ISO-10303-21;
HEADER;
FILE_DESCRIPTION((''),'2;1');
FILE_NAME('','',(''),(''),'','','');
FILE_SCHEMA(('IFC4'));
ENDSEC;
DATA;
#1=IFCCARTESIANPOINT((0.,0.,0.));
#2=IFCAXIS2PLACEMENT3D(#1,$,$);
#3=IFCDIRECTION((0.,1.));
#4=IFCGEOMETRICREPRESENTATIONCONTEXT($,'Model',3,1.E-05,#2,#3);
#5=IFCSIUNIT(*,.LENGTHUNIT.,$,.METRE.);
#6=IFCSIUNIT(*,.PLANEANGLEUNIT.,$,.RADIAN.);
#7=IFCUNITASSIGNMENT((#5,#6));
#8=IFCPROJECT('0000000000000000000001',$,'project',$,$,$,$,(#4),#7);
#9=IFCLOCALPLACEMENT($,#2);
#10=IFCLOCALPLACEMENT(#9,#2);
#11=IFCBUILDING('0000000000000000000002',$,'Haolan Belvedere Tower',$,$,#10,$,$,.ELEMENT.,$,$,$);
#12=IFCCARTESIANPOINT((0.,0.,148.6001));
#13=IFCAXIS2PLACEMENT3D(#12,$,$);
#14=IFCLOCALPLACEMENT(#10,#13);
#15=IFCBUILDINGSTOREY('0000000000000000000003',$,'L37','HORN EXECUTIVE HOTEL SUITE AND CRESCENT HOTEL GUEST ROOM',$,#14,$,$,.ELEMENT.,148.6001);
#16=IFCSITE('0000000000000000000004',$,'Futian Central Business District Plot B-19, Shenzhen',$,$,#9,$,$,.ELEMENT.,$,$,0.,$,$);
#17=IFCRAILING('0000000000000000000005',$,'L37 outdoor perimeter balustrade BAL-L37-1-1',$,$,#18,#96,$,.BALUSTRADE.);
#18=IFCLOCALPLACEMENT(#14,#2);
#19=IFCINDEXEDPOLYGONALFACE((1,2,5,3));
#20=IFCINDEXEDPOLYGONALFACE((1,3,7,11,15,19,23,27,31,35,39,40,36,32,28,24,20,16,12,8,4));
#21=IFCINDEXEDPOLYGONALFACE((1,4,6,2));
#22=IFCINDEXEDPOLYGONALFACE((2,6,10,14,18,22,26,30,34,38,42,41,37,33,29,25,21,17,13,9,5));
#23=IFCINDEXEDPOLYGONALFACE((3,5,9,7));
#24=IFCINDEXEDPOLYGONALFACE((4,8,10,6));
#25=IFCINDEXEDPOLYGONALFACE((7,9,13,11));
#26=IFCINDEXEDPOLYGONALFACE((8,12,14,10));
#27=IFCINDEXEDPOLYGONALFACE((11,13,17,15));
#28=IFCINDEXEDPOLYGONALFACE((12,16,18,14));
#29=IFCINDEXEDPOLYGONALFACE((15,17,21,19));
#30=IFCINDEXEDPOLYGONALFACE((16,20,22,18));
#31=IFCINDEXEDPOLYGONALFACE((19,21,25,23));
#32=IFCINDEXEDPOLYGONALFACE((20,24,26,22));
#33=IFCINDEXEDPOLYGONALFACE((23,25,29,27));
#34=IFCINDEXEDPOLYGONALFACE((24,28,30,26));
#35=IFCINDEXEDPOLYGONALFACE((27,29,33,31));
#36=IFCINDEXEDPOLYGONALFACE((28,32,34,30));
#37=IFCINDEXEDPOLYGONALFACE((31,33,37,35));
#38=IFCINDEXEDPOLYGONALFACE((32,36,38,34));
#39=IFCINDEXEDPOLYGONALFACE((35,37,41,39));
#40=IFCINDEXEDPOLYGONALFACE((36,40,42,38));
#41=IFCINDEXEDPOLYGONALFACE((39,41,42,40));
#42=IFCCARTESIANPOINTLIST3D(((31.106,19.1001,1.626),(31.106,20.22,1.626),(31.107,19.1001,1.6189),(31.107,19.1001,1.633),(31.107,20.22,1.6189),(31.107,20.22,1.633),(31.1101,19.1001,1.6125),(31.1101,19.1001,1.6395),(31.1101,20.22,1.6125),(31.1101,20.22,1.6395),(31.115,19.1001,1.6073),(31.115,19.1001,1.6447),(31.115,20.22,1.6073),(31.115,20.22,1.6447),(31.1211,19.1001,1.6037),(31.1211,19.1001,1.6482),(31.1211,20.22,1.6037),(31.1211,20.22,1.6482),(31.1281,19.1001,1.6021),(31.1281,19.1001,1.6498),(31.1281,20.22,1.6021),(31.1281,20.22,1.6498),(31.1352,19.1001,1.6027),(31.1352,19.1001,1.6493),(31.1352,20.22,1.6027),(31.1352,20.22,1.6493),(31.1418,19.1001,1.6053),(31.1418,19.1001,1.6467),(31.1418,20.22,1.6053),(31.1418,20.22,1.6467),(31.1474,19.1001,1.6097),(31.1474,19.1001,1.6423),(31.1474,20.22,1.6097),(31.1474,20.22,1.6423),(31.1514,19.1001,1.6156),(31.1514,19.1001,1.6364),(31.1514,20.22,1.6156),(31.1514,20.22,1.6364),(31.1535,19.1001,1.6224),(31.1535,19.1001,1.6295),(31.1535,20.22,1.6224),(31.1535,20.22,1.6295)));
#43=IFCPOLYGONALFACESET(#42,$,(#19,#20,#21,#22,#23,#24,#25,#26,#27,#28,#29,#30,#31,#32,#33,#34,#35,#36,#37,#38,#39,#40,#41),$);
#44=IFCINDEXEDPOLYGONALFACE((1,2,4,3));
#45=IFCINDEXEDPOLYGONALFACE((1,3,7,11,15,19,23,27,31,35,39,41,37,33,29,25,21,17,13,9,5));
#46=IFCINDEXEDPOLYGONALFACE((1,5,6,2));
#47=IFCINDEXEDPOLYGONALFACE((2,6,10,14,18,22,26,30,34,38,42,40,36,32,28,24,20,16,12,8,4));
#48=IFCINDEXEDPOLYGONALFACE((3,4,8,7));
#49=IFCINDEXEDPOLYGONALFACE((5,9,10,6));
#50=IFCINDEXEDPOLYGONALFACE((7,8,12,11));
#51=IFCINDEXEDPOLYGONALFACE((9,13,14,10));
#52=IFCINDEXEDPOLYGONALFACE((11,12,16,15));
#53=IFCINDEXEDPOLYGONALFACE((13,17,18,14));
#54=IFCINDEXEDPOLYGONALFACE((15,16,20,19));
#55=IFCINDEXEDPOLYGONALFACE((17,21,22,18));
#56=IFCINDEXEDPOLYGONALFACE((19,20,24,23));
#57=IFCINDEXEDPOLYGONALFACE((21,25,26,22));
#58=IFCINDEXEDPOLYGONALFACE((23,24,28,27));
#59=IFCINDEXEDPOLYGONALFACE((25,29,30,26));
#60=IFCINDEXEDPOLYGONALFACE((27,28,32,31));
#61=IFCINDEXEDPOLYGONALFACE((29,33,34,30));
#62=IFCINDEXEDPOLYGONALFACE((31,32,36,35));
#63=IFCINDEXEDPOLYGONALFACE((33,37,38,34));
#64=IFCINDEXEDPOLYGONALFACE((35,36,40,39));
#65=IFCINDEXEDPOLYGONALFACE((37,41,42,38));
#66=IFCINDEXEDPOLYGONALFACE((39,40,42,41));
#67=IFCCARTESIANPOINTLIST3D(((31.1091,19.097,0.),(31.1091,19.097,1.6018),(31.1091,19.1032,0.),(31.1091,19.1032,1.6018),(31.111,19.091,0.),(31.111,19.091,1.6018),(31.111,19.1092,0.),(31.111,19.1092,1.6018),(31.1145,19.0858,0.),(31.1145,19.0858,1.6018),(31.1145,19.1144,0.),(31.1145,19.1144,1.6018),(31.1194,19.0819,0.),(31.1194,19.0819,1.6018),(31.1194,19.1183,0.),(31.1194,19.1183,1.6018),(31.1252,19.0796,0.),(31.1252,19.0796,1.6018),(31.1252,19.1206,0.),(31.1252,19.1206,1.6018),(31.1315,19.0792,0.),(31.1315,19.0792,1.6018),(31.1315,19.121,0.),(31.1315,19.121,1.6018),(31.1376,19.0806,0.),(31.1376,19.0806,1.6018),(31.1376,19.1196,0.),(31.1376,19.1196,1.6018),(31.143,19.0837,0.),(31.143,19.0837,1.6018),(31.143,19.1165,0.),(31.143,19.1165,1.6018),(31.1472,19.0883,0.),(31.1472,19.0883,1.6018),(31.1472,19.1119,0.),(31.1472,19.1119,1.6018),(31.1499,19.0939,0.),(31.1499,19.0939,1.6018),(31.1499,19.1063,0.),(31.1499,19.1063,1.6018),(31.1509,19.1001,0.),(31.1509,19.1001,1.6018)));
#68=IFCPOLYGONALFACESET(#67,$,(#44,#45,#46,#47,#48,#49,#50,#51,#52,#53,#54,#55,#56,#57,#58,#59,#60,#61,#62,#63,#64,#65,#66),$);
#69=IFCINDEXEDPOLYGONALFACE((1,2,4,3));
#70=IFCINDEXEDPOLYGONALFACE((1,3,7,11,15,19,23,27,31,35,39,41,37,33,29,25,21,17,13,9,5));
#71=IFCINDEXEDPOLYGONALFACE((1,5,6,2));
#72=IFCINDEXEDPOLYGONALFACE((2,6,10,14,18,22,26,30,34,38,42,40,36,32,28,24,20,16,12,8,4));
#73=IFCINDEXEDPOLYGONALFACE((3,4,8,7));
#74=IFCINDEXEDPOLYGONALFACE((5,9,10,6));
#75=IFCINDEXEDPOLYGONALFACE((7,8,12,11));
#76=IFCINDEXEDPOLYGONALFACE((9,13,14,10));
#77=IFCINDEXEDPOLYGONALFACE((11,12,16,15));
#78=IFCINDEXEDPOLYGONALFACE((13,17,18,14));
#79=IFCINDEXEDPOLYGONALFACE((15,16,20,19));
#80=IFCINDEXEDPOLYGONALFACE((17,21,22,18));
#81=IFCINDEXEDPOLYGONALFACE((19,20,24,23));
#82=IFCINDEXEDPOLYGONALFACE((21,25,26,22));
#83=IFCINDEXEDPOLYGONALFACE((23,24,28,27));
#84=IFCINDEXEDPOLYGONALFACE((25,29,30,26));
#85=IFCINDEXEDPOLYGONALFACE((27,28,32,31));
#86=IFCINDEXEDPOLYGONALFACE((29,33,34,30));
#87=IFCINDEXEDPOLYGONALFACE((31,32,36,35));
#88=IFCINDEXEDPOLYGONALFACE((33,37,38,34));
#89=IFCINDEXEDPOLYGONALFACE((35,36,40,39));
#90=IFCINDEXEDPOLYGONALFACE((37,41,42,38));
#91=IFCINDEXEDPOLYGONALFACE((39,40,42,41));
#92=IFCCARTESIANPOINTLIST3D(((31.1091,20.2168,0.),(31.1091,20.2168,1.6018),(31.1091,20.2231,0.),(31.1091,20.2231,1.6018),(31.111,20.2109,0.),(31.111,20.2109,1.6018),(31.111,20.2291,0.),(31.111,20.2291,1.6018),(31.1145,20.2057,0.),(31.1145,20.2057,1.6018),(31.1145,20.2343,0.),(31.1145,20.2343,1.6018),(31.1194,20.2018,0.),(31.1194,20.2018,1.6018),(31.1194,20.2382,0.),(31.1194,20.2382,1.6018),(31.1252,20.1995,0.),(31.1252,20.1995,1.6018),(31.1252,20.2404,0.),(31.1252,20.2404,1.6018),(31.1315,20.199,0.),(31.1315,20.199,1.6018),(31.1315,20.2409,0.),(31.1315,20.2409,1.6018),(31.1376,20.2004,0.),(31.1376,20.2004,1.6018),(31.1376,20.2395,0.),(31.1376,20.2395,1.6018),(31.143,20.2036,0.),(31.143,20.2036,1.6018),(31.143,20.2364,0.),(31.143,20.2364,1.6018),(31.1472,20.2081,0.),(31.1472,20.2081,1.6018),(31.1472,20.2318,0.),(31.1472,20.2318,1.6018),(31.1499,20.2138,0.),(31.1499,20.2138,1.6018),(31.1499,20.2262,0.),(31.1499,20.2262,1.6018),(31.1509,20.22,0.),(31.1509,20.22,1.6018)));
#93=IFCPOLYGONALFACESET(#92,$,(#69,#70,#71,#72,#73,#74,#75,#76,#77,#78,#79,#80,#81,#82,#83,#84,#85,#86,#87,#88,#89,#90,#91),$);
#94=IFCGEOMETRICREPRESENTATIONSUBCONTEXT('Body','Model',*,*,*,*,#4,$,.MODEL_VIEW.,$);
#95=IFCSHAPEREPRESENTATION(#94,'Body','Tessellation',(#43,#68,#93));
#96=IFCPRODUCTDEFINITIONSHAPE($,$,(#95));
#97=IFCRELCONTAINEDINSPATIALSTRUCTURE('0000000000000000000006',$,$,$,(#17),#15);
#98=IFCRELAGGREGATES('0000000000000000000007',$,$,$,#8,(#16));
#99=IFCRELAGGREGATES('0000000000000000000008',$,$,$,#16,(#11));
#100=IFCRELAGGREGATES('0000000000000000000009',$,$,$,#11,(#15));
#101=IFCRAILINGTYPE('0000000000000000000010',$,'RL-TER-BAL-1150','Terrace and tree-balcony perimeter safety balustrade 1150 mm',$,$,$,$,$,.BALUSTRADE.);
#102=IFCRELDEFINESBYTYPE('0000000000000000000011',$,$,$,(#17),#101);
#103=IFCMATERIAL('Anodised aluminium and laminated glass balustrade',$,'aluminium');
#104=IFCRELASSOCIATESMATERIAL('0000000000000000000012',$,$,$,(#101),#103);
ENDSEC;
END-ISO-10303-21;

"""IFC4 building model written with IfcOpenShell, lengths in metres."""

from ifc_helpers import new_model, si_unit, direction, frame, origin, origin_2d, place, context, subcontext, project, spatial, circle, extrude, material, type_object, element, save


model = new_model("IFC4")

# Units and contexts
model_context = context("Model", 3, precision=1e-05, world=origin(), true_north=direction((0.0, 1.0)))
body_context = subcontext(model_context, "Body", "Model", "MODEL_VIEW")
ifc_project = project(units=[si_unit("LENGTHUNIT", "METRE"), si_unit("PLANEANGLEUNIT", "RADIAN")], contexts=[model_context])

# Site, building, storey
site_placement = place(None, origin())
site = spatial("IfcSite", under=ifc_project, at=site_placement, Name="Futian Central Business District Plot B-19, Shenzhen", CompositionType="ELEMENT", RefElevation=0.0)
building_placement = place(site_placement, origin())
building = spatial("IfcBuilding", under=site, at=building_placement, Name="Haolan Belvedere Tower", CompositionType="ELEMENT")
storey_placement = place(building_placement, frame((0.0, 0.0, 148.6001)))
storey = spatial("IfcBuildingStorey", under=building, at=storey_placement, Name="L37", Description="HORN EXECUTIVE HOTEL SUITE AND CRESCENT HOTEL GUEST ROOM", CompositionType="ELEMENT", Elevation=148.6001)

# Railing
ifc_material_1 = material(Name="Anodised aluminium and laminated glass balustrade", Category="aluminium")
railing_type = type_object("IfcRailingType", Name="RL-TER-BAL-1150", Description="Terrace and tree-balcony perimeter safety balustrade 1150 mm", PredefinedType="BALUSTRADE", material=ifc_material_1)
railing_placement = place(storey_placement, frame((31.1299, 19.1001, 0.0)))
element("IfcRailing", 1, at=railing_placement, inside=storey, type_object=railing_type, Name="L37 outdoor perimeter balustrade BAL-L37-1-1", PredefinedType="BALUSTRADE", context=body_context, shape_type="SweptSolid", body=[
    extrude(circle(Radius=0.0239, at=origin_2d()), frame((0.0, 0.0, 1.626), z_axis=(0.0, 1.0, 0.0), x_axis=(-1.0, 0.0, 0.0)), (0.0, 0.0, 1.0), 1.1199),
    extrude(circle(Radius=0.021, at=origin_2d()), origin(), (0.0, 0.0, 1.0), 1.6018),
    extrude(circle(Radius=0.021, at=origin_2d()), frame((0.0, 1.1199, 0.0)), (0.0, 0.0, 1.0), 1.6018),
])

save(model, "model.ifc")
